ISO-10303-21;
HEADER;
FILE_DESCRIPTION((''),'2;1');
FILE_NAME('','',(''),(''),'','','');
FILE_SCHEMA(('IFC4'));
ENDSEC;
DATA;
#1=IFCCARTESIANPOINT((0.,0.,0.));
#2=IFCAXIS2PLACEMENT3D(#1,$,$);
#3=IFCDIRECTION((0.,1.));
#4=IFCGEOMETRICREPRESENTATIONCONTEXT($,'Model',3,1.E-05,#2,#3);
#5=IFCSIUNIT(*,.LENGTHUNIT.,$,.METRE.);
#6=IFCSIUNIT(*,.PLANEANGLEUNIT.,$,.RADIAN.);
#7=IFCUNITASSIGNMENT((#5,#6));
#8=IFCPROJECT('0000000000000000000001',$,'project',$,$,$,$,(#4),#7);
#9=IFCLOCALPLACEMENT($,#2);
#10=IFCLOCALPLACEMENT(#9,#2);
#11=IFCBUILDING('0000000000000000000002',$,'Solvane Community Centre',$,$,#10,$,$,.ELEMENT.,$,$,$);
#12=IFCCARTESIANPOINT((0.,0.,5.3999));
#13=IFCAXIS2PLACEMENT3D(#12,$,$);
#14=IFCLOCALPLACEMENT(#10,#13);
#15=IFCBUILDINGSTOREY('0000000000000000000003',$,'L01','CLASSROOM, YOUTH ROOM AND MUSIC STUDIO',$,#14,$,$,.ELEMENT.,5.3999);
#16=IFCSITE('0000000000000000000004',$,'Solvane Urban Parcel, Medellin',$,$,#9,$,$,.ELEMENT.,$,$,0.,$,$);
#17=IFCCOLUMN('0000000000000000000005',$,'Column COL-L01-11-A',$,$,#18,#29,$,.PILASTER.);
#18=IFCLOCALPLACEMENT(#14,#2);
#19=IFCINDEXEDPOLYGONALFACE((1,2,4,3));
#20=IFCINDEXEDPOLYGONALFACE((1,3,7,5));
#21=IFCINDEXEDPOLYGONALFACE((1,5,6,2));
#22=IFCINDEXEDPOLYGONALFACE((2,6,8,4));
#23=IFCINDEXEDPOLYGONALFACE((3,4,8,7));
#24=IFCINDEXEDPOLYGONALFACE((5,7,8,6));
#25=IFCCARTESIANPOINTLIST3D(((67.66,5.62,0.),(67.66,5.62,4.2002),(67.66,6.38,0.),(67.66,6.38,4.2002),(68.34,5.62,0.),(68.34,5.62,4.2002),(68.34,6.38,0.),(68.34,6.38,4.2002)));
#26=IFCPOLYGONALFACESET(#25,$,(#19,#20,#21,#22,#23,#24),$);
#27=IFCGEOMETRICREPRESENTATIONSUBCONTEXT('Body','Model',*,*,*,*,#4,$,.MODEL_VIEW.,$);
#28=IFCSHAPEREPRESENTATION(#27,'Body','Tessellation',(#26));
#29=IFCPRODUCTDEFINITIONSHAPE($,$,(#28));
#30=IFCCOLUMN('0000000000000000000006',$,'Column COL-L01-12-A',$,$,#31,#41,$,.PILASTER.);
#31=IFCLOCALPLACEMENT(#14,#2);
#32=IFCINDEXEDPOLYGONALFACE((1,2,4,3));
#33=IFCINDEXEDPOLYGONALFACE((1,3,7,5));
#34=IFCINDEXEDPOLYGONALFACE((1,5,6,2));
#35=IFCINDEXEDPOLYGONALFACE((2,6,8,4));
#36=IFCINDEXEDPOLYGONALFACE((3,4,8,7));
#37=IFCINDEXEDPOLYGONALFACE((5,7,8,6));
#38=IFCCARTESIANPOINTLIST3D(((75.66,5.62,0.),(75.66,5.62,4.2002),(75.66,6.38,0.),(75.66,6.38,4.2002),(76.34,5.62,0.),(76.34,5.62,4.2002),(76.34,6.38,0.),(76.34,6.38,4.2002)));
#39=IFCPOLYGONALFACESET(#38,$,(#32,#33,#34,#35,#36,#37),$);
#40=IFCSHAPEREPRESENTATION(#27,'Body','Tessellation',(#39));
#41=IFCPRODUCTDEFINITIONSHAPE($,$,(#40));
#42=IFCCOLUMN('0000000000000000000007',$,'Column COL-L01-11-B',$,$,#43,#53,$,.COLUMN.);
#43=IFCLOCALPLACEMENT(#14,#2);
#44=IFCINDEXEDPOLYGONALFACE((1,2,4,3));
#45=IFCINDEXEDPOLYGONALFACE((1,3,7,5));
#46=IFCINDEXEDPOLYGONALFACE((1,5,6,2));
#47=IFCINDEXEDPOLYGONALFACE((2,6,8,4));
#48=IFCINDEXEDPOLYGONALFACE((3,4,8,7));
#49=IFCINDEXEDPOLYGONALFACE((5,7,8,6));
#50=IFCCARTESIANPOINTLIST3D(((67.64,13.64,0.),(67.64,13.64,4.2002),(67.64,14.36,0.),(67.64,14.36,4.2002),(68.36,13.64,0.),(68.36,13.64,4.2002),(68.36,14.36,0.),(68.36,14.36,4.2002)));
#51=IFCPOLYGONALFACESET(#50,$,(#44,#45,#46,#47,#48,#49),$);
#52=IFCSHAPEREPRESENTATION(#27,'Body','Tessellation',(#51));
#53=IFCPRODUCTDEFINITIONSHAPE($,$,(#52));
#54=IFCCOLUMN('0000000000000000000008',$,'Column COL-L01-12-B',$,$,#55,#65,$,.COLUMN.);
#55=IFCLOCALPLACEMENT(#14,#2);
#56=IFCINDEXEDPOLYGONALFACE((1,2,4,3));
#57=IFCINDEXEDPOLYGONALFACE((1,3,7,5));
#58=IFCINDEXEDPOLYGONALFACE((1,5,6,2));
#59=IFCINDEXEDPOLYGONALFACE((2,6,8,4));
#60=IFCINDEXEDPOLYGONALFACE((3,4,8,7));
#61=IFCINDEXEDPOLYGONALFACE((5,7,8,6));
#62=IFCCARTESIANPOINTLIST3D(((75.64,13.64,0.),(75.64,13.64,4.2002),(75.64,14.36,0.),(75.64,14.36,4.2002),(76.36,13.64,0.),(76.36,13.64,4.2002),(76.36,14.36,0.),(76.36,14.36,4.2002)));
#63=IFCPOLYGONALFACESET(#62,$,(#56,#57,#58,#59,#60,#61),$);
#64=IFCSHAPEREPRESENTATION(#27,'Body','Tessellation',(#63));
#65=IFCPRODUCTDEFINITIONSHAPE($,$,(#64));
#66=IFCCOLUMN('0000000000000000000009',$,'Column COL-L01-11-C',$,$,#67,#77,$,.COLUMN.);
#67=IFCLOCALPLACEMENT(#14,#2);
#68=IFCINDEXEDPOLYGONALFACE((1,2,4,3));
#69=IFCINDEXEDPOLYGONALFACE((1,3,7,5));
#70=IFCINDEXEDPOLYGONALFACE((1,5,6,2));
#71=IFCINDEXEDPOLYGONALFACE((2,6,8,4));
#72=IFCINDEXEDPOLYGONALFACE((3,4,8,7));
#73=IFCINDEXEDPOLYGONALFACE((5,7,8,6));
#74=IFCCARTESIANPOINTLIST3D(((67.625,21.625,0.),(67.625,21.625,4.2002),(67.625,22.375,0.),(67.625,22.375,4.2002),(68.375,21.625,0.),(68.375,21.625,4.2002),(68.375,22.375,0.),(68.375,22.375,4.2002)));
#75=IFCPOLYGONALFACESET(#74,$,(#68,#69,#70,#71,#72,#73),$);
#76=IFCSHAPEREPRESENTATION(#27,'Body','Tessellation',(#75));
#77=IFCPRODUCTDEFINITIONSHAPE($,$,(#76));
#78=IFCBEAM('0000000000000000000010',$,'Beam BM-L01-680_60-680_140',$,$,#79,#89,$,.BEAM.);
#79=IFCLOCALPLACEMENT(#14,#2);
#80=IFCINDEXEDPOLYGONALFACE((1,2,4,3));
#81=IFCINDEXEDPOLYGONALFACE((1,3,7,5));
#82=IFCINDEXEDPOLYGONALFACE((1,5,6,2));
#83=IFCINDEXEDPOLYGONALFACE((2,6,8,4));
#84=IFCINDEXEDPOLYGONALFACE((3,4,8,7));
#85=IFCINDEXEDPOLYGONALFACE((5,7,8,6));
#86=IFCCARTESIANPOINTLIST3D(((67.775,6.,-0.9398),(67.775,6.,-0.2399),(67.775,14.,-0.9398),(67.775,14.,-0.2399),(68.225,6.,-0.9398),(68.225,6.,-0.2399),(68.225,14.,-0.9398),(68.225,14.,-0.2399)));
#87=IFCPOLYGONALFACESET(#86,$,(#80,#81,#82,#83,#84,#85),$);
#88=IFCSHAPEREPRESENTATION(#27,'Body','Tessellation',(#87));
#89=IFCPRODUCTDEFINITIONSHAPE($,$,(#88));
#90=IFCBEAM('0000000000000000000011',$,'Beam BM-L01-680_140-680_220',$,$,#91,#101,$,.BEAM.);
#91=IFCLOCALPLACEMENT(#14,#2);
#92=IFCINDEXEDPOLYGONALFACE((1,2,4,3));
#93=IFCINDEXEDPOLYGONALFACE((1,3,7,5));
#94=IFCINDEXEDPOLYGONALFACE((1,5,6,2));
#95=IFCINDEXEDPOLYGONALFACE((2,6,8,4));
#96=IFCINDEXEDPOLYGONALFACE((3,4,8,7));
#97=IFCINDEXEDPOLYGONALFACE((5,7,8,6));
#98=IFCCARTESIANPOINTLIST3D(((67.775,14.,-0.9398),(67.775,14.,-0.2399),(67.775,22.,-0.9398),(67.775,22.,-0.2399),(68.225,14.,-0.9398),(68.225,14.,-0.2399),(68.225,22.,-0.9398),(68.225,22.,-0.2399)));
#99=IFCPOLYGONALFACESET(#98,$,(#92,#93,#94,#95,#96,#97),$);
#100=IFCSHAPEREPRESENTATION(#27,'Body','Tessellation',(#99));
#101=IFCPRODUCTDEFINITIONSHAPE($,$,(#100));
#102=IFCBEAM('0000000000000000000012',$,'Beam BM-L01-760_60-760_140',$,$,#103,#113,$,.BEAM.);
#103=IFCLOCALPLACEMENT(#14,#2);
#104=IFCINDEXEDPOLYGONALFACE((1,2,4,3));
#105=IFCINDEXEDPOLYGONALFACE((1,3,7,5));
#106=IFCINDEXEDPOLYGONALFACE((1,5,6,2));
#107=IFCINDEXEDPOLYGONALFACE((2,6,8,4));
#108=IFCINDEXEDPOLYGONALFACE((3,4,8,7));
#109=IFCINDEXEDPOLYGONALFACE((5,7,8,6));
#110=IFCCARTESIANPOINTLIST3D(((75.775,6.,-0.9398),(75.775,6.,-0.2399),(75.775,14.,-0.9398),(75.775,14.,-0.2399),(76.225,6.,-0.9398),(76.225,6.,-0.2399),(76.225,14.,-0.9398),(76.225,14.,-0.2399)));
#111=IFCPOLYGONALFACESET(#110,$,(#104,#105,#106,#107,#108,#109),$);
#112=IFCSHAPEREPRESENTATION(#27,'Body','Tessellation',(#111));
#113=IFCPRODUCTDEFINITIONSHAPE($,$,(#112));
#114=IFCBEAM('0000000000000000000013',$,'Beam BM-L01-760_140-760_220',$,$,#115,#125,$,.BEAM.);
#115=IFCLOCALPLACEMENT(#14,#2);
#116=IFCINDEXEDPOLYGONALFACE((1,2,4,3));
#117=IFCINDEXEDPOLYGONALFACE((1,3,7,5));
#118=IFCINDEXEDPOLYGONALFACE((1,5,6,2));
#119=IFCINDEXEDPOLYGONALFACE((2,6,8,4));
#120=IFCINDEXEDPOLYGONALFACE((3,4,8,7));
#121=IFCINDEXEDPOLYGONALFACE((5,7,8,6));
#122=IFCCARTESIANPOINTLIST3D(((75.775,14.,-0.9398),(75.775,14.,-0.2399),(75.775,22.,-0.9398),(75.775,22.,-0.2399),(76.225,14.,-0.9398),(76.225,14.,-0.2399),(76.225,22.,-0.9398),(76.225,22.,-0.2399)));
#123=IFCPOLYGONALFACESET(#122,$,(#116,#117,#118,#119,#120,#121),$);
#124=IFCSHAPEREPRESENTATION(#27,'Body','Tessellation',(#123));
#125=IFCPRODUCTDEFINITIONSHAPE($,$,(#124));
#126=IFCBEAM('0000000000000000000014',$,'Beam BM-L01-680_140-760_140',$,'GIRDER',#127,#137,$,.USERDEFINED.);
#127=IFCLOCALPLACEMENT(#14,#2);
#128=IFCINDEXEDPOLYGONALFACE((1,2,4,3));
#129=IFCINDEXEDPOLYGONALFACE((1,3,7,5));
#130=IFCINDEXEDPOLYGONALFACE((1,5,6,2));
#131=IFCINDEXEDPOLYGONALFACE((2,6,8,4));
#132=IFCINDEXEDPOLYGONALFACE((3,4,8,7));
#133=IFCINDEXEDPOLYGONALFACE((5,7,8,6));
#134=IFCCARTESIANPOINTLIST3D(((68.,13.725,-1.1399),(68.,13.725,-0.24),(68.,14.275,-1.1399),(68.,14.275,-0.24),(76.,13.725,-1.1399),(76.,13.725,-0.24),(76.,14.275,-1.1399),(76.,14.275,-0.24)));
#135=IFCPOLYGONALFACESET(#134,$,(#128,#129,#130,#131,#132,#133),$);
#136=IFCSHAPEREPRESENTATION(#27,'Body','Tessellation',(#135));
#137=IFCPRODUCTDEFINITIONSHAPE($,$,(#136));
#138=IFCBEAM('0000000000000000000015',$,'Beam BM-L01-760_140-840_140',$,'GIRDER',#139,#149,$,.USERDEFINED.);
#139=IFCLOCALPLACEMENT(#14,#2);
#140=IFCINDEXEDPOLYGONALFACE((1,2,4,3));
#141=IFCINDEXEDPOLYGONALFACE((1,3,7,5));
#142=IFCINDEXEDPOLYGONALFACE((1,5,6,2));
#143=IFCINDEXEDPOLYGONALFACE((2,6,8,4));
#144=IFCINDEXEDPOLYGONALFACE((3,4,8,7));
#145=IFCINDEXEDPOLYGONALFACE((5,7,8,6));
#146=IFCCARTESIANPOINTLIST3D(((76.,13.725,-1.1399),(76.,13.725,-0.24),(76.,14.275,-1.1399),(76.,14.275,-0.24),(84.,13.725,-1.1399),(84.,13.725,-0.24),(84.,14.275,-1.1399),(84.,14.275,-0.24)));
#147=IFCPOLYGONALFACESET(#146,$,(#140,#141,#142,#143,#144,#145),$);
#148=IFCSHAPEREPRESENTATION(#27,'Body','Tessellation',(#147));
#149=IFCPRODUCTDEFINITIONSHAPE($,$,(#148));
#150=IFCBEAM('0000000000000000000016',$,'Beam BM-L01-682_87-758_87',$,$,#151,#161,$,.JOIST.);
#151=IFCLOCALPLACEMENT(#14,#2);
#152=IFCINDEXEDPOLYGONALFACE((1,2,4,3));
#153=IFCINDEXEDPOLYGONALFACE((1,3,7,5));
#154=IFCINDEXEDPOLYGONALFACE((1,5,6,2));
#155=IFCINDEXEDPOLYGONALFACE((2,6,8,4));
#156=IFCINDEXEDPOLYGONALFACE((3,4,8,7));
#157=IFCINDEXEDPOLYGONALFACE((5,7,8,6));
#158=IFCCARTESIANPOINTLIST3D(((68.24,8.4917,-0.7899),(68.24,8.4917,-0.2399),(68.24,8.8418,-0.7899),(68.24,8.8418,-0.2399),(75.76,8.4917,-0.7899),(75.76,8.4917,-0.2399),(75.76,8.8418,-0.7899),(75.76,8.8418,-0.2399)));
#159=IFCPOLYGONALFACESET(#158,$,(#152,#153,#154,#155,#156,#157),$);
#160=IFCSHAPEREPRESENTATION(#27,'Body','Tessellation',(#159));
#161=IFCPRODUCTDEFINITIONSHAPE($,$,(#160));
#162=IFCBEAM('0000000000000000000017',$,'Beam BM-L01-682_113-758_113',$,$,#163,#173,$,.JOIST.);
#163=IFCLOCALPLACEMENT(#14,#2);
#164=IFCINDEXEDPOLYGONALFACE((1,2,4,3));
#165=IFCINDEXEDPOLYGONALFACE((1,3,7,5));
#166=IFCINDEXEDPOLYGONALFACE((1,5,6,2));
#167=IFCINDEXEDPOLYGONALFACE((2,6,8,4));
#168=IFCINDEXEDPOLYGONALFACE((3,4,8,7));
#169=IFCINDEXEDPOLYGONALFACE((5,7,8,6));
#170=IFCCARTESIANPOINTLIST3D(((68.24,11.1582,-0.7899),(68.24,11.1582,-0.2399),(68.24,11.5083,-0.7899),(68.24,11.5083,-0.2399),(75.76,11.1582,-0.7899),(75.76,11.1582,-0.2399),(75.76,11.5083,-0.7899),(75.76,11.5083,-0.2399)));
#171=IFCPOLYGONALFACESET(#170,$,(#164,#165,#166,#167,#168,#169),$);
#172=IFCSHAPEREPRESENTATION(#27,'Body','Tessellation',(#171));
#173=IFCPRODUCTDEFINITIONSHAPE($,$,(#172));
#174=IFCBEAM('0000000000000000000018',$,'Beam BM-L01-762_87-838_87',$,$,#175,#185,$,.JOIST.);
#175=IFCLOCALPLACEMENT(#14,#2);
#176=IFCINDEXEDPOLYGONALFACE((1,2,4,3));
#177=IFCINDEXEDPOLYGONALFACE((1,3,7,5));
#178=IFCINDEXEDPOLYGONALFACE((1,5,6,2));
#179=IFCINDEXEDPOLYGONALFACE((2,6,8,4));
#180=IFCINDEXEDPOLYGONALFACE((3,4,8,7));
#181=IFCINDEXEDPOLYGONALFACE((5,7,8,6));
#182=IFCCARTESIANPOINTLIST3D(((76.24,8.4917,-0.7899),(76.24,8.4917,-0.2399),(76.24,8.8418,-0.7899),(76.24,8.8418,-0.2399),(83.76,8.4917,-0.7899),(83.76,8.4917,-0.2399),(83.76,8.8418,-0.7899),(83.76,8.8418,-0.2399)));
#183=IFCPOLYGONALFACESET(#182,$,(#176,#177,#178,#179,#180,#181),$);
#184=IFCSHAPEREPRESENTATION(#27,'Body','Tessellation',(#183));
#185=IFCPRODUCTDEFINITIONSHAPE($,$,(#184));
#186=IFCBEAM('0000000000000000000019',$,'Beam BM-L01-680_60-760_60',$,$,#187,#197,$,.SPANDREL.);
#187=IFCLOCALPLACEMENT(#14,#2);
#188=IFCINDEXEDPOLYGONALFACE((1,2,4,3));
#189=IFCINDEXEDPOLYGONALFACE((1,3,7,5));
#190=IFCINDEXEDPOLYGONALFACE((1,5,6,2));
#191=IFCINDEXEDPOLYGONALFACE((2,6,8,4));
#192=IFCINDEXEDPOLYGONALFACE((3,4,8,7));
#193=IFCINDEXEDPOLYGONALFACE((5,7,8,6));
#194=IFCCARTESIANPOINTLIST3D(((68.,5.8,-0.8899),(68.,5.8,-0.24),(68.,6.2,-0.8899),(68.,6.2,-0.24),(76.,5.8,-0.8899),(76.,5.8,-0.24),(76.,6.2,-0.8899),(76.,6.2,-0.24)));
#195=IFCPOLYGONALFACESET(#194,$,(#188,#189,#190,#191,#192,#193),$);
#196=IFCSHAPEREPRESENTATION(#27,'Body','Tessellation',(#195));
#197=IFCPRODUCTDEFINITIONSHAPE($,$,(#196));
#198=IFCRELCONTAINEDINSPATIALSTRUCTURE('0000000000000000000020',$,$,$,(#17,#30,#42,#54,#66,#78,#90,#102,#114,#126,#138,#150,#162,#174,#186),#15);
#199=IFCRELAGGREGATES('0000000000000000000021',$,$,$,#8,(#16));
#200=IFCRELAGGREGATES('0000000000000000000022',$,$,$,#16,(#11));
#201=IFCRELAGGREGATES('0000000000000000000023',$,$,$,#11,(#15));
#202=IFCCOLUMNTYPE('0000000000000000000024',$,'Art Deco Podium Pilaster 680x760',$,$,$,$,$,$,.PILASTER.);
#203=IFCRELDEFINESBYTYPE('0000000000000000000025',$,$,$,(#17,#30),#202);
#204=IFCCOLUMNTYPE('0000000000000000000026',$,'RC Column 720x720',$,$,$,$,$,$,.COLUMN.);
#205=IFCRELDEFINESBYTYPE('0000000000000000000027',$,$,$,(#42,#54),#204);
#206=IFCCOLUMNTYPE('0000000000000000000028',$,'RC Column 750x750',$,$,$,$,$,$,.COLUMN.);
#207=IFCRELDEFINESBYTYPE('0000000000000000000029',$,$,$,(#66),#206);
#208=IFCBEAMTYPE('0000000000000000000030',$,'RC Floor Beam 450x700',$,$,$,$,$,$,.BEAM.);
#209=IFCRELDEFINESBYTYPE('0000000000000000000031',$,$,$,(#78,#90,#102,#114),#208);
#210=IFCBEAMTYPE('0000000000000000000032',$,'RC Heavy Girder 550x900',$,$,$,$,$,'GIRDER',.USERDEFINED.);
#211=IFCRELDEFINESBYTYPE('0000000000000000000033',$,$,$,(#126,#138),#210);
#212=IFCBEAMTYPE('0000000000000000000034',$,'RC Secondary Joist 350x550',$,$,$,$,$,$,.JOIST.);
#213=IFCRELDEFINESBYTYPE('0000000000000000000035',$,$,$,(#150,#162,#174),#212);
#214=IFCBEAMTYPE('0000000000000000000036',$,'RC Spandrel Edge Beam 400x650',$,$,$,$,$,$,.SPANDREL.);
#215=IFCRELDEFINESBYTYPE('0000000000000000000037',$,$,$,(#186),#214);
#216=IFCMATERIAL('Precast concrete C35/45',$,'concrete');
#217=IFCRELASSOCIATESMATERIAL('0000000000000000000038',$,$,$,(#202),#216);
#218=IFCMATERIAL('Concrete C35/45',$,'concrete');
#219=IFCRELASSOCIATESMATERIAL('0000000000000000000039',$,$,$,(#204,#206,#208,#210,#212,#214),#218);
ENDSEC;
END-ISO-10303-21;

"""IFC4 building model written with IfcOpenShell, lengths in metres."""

from ifc_helpers import new_model, si_unit, direction, frame, origin, origin_2d, place, context, subcontext, project, spatial, rectangle, extrude, material, material_profile, profile_set, type_object, element, save


model = new_model("IFC4")

# Units and contexts
model_context = context("Model", 3, precision=1e-05, world=origin(), true_north=direction((0.0, 1.0)))
body_context = subcontext(model_context, "Body", "Model", "MODEL_VIEW")
ifc_project = project(units=[si_unit("LENGTHUNIT", "METRE"), si_unit("PLANEANGLEUNIT", "RADIAN")], contexts=[model_context])

# Site, building, storey
site_placement = place(None, origin())
site = spatial("IfcSite", under=ifc_project, at=site_placement, Name="Solvane Urban Parcel, Medellin", CompositionType="ELEMENT", RefElevation=0.0)
building_placement = place(site_placement, origin())
building = spatial("IfcBuilding", under=site, at=building_placement, Name="Solvane Community Centre", CompositionType="ELEMENT")
storey_placement = place(building_placement, frame((0.0, 0.0, 5.3999)))
storey = spatial("IfcBuildingStorey", under=building, at=storey_placement, Name="L01", Description="CLASSROOM, YOUTH ROOM AND MUSIC STUDIO", CompositionType="ELEMENT", Elevation=5.3999)

# Columns
ifc_material_1 = material(Name="Precast concrete C35/45", Category="concrete")
ifc_material_profile_1 = material_profile(ifc_material_1, rectangle(XDim=0.6799, YDim=0.76, at=origin_2d()), Name="RC 680x760")
ifc_profile_set_1 = profile_set([ifc_material_profile_1], Name="Precast concrete C35/45")
column_type_1 = type_object("IfcColumnType", Name="Art Deco Podium Pilaster 680x760", PredefinedType="PILASTER", material=ifc_profile_set_1)
for number, where, z_axis, x_axis, name in (
    (1, (68.0, 6.0, 0.0), (0.0, 0.0, 1.0), (1.0, 0.0, 0.0), "Column COL-L01-11-A"),
    (2, (76.0, 6.0, 0.0), (0.0, 0.0, 1.0), (1.0, 0.0, 0.0), "Column COL-L01-12-A"),
):
    element("IfcColumn", number, at=place(storey_placement, frame(where, z_axis=z_axis, x_axis=x_axis)), inside=storey, type_object=column_type_1, Name=name, PredefinedType="PILASTER", context=body_context, shape_type="SweptSolid", body=[
        extrude(rectangle(XDim=0.6799, YDim=0.76, at=origin_2d()), origin(), (0.0, 0.0, 1.0), 4.2002),
    ])
ifc_material_2 = material(Name="Concrete C35/45", Category="concrete")
ifc_material_profile_2 = material_profile(ifc_material_2, rectangle(XDim=0.72, YDim=0.72, at=origin_2d()), Name="RC 720x720")
ifc_profile_set_2 = profile_set([ifc_material_profile_2], Name="Concrete C35/45")
column_type_2 = type_object("IfcColumnType", Name="RC Column 720x720", PredefinedType="COLUMN", material=ifc_profile_set_2)
for number, where, z_axis, x_axis, name in (
    (3, (68.0, 14.0, 0.0), (0.0, 0.0, 1.0), (1.0, 0.0, 0.0), "Column COL-L01-11-B"),
    (4, (76.0, 14.0, 0.0), (0.0, 0.0, 1.0), (1.0, 0.0, 0.0), "Column COL-L01-12-B"),
):
    element("IfcColumn", number, at=place(storey_placement, frame(where, z_axis=z_axis, x_axis=x_axis)), inside=storey, type_object=column_type_2, Name=name, PredefinedType="COLUMN", context=body_context, shape_type="SweptSolid", body=[
        extrude(rectangle(XDim=0.72, YDim=0.72, at=origin_2d()), origin(), (0.0, 0.0, 1.0), 4.2002),
    ])
ifc_material_profile_3 = material_profile(ifc_material_2, rectangle(XDim=0.75, YDim=0.75, at=origin_2d()), Name="RC 750x750")
ifc_profile_set_3 = profile_set([ifc_material_profile_3], Name="Concrete C35/45")
column_type_3 = type_object("IfcColumnType", Name="RC Column 750x750", PredefinedType="COLUMN", material=ifc_profile_set_3)
column_placement = place(storey_placement, frame((68.0, 22.0, 0.0), z_axis=(0.0, 0.0, 1.0), x_axis=(1.0, 0.0, 0.0)))
element("IfcColumn", 5, at=column_placement, inside=storey, type_object=column_type_3, Name="Column COL-L01-11-C", PredefinedType="COLUMN", context=body_context, shape_type="SweptSolid", body=[
    extrude(rectangle(XDim=0.75, YDim=0.75, at=origin_2d()), origin(), (0.0, 0.0, 1.0), 4.2002),
])

# Beams
ifc_material_profile_4 = material_profile(ifc_material_2, rectangle(XDim=0.45, YDim=0.7, at=origin_2d()), Name="RC 450x700")
ifc_profile_set_4 = profile_set([ifc_material_profile_4], Name="Concrete C35/45")
beam_type_1 = type_object("IfcBeamType", Name="RC Floor Beam 450x700", PredefinedType="BEAM", material=ifc_profile_set_4)
for number, where, z_axis, x_axis, name in (
    (6, (68.0, 6.0, -0.5898), (0.0, 1.0, 0.0), (-1.0, 0.0, 0.0), "Beam BM-L01-680_60-680_140"),
    (7, (68.0, 14.0, -0.5898), (0.0, 1.0, 0.0), (-1.0, 0.0, 0.0), "Beam BM-L01-680_140-680_220"),
    (8, (76.0, 6.0, -0.5898), (0.0, 1.0, 0.0), (-1.0, 0.0, 0.0), "Beam BM-L01-760_60-760_140"),
    (9, (76.0, 14.0, -0.5898), (0.0, 1.0, 0.0), (-1.0, 0.0, 0.0), "Beam BM-L01-760_140-760_220"),
):
    element("IfcBeam", number, at=place(storey_placement, frame(where, z_axis=z_axis, x_axis=x_axis)), inside=storey, type_object=beam_type_1, Name=name, PredefinedType="BEAM", context=body_context, shape_type="SweptSolid", body=[
        extrude(rectangle(XDim=0.45, YDim=0.7, at=origin_2d()), origin(), (0.0, 0.0, 1.0), 8.0),
    ])
ifc_material_profile_5 = material_profile(ifc_material_2, rectangle(XDim=0.55, YDim=0.8999, at=origin_2d()), Name="RC 550x900")
ifc_profile_set_5 = profile_set([ifc_material_profile_5], Name="Concrete C35/45")
beam_type_2 = type_object("IfcBeamType", Name="RC Heavy Girder 550x900", ElementType="GIRDER", PredefinedType="USERDEFINED", material=ifc_profile_set_5)
for number, where, z_axis, x_axis, name in (
    (10, (68.0, 14.0, -0.6899), (1.0, 0.0, 0.0), (0.0, 1.0, 0.0), "Beam BM-L01-680_140-760_140"),
    (11, (76.0, 14.0, -0.6899), (1.0, 0.0, 0.0), (0.0, 1.0, 0.0), "Beam BM-L01-760_140-840_140"),
):
    element("IfcBeam", number, at=place(storey_placement, frame(where, z_axis=z_axis, x_axis=x_axis)), inside=storey, type_object=beam_type_2, Name=name, ObjectType="GIRDER", PredefinedType="USERDEFINED", context=body_context, shape_type="SweptSolid", body=[
        extrude(rectangle(XDim=0.55, YDim=0.8999, at=origin_2d()), origin(), (0.0, 0.0, 1.0), 8.0),
    ])
ifc_material_profile_6 = material_profile(ifc_material_2, rectangle(XDim=0.3501, YDim=0.55, at=origin_2d()), Name="RC 350x550")
ifc_profile_set_6 = profile_set([ifc_material_profile_6], Name="Concrete C35/45")
beam_type_3 = type_object("IfcBeamType", Name="RC Secondary Joist 350x550", PredefinedType="JOIST", material=ifc_profile_set_6)
for number, where, z_axis, x_axis, name in (
    (12, (68.24, 8.6667, -0.5149), (1.0, 0.0, 0.0), (0.0, 1.0, 0.0), "Beam BM-L01-682_87-758_87"),
    (13, (68.24, 11.3333, -0.5149), (1.0, 0.0, 0.0), (0.0, 1.0, 0.0), "Beam BM-L01-682_113-758_113"),
    (14, (76.24, 8.6667, -0.5149), (1.0, 0.0, 0.0), (0.0, 1.0, 0.0), "Beam BM-L01-762_87-838_87"),
):
    element("IfcBeam", number, at=place(storey_placement, frame(where, z_axis=z_axis, x_axis=x_axis)), inside=storey, type_object=beam_type_3, Name=name, PredefinedType="JOIST", context=body_context, shape_type="SweptSolid", body=[
        extrude(rectangle(XDim=0.3501, YDim=0.55, at=origin_2d()), origin(), (0.0, 0.0, 1.0), 7.52),
    ])
ifc_material_profile_7 = material_profile(ifc_material_2, rectangle(XDim=0.3999, YDim=0.6499, at=origin_2d()), Name="RC 400x650")
ifc_profile_set_7 = profile_set([ifc_material_profile_7], Name="Concrete C35/45")
beam_type_4 = type_object("IfcBeamType", Name="RC Spandrel Edge Beam 400x650", PredefinedType="SPANDREL", material=ifc_profile_set_7)
for number, where, z_axis, x_axis, name in (
    (15, (68.0, 6.0, -0.5649), (1.0, 0.0, 0.0), (0.0, 1.0, 0.0), "Beam BM-L01-680_60-760_60"),
):
    element("IfcBeam", number, at=place(storey_placement, frame(where, z_axis=z_axis, x_axis=x_axis)), inside=storey, type_object=beam_type_4, Name=name, PredefinedType="SPANDREL", context=body_context, shape_type="SweptSolid", body=[
        extrude(rectangle(XDim=0.3999, YDim=0.6499, at=origin_2d()), origin(), (0.0, 0.0, 1.0), 8.0),
    ])

save(model, "model.ifc")
